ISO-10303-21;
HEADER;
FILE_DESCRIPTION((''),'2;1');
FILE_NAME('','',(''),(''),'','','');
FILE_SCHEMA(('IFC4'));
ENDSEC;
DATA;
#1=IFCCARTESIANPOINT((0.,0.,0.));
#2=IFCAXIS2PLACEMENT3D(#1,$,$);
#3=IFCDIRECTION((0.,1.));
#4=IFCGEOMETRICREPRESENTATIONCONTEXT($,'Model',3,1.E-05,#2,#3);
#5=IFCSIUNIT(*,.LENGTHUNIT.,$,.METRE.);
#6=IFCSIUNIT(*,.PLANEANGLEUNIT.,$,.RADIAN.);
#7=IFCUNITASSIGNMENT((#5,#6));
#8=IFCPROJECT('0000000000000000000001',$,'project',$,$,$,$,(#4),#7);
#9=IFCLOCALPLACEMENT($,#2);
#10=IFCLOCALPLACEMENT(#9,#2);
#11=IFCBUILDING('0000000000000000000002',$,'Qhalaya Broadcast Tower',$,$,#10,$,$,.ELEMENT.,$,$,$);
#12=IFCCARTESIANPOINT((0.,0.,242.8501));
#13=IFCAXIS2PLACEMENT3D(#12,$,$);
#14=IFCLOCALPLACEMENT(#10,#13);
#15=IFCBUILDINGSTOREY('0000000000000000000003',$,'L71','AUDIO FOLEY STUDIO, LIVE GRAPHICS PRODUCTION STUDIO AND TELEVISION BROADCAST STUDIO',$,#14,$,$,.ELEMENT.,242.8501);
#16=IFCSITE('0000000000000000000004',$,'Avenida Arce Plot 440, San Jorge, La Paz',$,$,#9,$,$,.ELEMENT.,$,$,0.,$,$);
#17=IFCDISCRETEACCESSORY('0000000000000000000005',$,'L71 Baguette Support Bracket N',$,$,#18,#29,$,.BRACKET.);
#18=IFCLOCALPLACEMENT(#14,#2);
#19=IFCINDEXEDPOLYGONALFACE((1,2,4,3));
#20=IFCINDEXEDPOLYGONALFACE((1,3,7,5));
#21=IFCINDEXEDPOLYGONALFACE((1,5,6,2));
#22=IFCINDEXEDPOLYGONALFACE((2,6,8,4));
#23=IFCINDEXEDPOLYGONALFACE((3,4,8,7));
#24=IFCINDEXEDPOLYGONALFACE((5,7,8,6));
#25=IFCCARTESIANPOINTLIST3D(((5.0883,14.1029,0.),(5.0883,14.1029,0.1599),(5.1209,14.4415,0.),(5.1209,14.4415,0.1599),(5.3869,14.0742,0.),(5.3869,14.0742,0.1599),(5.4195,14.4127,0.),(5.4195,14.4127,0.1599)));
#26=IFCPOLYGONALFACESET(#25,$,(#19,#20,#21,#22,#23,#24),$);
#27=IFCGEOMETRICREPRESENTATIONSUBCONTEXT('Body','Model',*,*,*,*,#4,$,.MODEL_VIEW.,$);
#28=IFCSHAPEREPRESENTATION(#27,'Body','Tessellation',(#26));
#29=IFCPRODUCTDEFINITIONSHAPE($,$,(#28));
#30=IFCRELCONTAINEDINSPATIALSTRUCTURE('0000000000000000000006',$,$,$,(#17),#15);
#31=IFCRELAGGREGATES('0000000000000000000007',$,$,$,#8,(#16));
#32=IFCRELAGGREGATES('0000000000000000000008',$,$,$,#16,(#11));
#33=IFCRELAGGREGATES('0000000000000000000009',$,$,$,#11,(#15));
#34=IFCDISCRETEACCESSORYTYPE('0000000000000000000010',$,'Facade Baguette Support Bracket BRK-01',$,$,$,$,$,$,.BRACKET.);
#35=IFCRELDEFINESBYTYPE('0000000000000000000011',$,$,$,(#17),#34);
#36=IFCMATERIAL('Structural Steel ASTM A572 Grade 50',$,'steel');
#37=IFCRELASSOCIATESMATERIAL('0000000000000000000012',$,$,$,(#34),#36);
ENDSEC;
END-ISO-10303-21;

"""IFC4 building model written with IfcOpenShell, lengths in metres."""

from ifc_helpers import new_model, si_unit, direction, frame, origin, origin_2d, place, context, subcontext, project, spatial, rectangle, extrude, material, type_object, element, save


model = new_model("IFC4")

# Units and contexts
model_context = context("Model", 3, precision=1e-05, world=origin(), true_north=direction((0.0, 1.0)))
body_context = subcontext(model_context, "Body", "Model", "MODEL_VIEW")
ifc_project = project(units=[si_unit("LENGTHUNIT", "METRE"), si_unit("PLANEANGLEUNIT", "RADIAN")], contexts=[model_context])

# Site, building, storey
site_placement = place(None, origin())
site = spatial("IfcSite", under=ifc_project, at=site_placement, Name="Avenida Arce Plot 440, San Jorge, La Paz", CompositionType="ELEMENT", RefElevation=0.0)
building_placement = place(site_placement, origin())
building = spatial("IfcBuilding", under=site, at=building_placement, Name="Qhalaya Broadcast Tower", CompositionType="ELEMENT")
storey_placement = place(building_placement, frame((0.0, 0.0, 242.8501)))
storey = spatial("IfcBuildingStorey", under=building, at=storey_placement, Name="L71", Description="AUDIO FOLEY STUDIO, LIVE GRAPHICS PRODUCTION STUDIO AND TELEVISION BROADCAST STUDIO", CompositionType="ELEMENT", Elevation=242.8501)

# Shared definitions
ifc_material_1 = material(Name="Structural Steel ASTM A572 Grade 50", Category="steel")

# Discrete accessory
discrete_accessory_type = type_object("IfcDiscreteAccessoryType", Name="Facade Baguette Support Bracket BRK-01", PredefinedType="BRACKET", material=ifc_material_1)
discrete_accessory_placement = place(storey_placement, frame((5.2539, 14.2578, 0.0), z_axis=(0.0, 0.0, 1.0), x_axis=(-0.995396, 0.095846, 0.0)))
element("IfcDiscreteAccessory", 1, at=discrete_accessory_placement, inside=storey, type_object=discrete_accessory_type, Name="L71 Baguette Support Bracket N", PredefinedType="BRACKET", context=body_context, shape_type="SweptSolid", body=[
    extrude(rectangle(XDim=0.3, YDim=0.3401, at=origin_2d()), origin(), (0.0, 0.0, 1.0), 0.1599),
])

save(model, "model.ifc")
